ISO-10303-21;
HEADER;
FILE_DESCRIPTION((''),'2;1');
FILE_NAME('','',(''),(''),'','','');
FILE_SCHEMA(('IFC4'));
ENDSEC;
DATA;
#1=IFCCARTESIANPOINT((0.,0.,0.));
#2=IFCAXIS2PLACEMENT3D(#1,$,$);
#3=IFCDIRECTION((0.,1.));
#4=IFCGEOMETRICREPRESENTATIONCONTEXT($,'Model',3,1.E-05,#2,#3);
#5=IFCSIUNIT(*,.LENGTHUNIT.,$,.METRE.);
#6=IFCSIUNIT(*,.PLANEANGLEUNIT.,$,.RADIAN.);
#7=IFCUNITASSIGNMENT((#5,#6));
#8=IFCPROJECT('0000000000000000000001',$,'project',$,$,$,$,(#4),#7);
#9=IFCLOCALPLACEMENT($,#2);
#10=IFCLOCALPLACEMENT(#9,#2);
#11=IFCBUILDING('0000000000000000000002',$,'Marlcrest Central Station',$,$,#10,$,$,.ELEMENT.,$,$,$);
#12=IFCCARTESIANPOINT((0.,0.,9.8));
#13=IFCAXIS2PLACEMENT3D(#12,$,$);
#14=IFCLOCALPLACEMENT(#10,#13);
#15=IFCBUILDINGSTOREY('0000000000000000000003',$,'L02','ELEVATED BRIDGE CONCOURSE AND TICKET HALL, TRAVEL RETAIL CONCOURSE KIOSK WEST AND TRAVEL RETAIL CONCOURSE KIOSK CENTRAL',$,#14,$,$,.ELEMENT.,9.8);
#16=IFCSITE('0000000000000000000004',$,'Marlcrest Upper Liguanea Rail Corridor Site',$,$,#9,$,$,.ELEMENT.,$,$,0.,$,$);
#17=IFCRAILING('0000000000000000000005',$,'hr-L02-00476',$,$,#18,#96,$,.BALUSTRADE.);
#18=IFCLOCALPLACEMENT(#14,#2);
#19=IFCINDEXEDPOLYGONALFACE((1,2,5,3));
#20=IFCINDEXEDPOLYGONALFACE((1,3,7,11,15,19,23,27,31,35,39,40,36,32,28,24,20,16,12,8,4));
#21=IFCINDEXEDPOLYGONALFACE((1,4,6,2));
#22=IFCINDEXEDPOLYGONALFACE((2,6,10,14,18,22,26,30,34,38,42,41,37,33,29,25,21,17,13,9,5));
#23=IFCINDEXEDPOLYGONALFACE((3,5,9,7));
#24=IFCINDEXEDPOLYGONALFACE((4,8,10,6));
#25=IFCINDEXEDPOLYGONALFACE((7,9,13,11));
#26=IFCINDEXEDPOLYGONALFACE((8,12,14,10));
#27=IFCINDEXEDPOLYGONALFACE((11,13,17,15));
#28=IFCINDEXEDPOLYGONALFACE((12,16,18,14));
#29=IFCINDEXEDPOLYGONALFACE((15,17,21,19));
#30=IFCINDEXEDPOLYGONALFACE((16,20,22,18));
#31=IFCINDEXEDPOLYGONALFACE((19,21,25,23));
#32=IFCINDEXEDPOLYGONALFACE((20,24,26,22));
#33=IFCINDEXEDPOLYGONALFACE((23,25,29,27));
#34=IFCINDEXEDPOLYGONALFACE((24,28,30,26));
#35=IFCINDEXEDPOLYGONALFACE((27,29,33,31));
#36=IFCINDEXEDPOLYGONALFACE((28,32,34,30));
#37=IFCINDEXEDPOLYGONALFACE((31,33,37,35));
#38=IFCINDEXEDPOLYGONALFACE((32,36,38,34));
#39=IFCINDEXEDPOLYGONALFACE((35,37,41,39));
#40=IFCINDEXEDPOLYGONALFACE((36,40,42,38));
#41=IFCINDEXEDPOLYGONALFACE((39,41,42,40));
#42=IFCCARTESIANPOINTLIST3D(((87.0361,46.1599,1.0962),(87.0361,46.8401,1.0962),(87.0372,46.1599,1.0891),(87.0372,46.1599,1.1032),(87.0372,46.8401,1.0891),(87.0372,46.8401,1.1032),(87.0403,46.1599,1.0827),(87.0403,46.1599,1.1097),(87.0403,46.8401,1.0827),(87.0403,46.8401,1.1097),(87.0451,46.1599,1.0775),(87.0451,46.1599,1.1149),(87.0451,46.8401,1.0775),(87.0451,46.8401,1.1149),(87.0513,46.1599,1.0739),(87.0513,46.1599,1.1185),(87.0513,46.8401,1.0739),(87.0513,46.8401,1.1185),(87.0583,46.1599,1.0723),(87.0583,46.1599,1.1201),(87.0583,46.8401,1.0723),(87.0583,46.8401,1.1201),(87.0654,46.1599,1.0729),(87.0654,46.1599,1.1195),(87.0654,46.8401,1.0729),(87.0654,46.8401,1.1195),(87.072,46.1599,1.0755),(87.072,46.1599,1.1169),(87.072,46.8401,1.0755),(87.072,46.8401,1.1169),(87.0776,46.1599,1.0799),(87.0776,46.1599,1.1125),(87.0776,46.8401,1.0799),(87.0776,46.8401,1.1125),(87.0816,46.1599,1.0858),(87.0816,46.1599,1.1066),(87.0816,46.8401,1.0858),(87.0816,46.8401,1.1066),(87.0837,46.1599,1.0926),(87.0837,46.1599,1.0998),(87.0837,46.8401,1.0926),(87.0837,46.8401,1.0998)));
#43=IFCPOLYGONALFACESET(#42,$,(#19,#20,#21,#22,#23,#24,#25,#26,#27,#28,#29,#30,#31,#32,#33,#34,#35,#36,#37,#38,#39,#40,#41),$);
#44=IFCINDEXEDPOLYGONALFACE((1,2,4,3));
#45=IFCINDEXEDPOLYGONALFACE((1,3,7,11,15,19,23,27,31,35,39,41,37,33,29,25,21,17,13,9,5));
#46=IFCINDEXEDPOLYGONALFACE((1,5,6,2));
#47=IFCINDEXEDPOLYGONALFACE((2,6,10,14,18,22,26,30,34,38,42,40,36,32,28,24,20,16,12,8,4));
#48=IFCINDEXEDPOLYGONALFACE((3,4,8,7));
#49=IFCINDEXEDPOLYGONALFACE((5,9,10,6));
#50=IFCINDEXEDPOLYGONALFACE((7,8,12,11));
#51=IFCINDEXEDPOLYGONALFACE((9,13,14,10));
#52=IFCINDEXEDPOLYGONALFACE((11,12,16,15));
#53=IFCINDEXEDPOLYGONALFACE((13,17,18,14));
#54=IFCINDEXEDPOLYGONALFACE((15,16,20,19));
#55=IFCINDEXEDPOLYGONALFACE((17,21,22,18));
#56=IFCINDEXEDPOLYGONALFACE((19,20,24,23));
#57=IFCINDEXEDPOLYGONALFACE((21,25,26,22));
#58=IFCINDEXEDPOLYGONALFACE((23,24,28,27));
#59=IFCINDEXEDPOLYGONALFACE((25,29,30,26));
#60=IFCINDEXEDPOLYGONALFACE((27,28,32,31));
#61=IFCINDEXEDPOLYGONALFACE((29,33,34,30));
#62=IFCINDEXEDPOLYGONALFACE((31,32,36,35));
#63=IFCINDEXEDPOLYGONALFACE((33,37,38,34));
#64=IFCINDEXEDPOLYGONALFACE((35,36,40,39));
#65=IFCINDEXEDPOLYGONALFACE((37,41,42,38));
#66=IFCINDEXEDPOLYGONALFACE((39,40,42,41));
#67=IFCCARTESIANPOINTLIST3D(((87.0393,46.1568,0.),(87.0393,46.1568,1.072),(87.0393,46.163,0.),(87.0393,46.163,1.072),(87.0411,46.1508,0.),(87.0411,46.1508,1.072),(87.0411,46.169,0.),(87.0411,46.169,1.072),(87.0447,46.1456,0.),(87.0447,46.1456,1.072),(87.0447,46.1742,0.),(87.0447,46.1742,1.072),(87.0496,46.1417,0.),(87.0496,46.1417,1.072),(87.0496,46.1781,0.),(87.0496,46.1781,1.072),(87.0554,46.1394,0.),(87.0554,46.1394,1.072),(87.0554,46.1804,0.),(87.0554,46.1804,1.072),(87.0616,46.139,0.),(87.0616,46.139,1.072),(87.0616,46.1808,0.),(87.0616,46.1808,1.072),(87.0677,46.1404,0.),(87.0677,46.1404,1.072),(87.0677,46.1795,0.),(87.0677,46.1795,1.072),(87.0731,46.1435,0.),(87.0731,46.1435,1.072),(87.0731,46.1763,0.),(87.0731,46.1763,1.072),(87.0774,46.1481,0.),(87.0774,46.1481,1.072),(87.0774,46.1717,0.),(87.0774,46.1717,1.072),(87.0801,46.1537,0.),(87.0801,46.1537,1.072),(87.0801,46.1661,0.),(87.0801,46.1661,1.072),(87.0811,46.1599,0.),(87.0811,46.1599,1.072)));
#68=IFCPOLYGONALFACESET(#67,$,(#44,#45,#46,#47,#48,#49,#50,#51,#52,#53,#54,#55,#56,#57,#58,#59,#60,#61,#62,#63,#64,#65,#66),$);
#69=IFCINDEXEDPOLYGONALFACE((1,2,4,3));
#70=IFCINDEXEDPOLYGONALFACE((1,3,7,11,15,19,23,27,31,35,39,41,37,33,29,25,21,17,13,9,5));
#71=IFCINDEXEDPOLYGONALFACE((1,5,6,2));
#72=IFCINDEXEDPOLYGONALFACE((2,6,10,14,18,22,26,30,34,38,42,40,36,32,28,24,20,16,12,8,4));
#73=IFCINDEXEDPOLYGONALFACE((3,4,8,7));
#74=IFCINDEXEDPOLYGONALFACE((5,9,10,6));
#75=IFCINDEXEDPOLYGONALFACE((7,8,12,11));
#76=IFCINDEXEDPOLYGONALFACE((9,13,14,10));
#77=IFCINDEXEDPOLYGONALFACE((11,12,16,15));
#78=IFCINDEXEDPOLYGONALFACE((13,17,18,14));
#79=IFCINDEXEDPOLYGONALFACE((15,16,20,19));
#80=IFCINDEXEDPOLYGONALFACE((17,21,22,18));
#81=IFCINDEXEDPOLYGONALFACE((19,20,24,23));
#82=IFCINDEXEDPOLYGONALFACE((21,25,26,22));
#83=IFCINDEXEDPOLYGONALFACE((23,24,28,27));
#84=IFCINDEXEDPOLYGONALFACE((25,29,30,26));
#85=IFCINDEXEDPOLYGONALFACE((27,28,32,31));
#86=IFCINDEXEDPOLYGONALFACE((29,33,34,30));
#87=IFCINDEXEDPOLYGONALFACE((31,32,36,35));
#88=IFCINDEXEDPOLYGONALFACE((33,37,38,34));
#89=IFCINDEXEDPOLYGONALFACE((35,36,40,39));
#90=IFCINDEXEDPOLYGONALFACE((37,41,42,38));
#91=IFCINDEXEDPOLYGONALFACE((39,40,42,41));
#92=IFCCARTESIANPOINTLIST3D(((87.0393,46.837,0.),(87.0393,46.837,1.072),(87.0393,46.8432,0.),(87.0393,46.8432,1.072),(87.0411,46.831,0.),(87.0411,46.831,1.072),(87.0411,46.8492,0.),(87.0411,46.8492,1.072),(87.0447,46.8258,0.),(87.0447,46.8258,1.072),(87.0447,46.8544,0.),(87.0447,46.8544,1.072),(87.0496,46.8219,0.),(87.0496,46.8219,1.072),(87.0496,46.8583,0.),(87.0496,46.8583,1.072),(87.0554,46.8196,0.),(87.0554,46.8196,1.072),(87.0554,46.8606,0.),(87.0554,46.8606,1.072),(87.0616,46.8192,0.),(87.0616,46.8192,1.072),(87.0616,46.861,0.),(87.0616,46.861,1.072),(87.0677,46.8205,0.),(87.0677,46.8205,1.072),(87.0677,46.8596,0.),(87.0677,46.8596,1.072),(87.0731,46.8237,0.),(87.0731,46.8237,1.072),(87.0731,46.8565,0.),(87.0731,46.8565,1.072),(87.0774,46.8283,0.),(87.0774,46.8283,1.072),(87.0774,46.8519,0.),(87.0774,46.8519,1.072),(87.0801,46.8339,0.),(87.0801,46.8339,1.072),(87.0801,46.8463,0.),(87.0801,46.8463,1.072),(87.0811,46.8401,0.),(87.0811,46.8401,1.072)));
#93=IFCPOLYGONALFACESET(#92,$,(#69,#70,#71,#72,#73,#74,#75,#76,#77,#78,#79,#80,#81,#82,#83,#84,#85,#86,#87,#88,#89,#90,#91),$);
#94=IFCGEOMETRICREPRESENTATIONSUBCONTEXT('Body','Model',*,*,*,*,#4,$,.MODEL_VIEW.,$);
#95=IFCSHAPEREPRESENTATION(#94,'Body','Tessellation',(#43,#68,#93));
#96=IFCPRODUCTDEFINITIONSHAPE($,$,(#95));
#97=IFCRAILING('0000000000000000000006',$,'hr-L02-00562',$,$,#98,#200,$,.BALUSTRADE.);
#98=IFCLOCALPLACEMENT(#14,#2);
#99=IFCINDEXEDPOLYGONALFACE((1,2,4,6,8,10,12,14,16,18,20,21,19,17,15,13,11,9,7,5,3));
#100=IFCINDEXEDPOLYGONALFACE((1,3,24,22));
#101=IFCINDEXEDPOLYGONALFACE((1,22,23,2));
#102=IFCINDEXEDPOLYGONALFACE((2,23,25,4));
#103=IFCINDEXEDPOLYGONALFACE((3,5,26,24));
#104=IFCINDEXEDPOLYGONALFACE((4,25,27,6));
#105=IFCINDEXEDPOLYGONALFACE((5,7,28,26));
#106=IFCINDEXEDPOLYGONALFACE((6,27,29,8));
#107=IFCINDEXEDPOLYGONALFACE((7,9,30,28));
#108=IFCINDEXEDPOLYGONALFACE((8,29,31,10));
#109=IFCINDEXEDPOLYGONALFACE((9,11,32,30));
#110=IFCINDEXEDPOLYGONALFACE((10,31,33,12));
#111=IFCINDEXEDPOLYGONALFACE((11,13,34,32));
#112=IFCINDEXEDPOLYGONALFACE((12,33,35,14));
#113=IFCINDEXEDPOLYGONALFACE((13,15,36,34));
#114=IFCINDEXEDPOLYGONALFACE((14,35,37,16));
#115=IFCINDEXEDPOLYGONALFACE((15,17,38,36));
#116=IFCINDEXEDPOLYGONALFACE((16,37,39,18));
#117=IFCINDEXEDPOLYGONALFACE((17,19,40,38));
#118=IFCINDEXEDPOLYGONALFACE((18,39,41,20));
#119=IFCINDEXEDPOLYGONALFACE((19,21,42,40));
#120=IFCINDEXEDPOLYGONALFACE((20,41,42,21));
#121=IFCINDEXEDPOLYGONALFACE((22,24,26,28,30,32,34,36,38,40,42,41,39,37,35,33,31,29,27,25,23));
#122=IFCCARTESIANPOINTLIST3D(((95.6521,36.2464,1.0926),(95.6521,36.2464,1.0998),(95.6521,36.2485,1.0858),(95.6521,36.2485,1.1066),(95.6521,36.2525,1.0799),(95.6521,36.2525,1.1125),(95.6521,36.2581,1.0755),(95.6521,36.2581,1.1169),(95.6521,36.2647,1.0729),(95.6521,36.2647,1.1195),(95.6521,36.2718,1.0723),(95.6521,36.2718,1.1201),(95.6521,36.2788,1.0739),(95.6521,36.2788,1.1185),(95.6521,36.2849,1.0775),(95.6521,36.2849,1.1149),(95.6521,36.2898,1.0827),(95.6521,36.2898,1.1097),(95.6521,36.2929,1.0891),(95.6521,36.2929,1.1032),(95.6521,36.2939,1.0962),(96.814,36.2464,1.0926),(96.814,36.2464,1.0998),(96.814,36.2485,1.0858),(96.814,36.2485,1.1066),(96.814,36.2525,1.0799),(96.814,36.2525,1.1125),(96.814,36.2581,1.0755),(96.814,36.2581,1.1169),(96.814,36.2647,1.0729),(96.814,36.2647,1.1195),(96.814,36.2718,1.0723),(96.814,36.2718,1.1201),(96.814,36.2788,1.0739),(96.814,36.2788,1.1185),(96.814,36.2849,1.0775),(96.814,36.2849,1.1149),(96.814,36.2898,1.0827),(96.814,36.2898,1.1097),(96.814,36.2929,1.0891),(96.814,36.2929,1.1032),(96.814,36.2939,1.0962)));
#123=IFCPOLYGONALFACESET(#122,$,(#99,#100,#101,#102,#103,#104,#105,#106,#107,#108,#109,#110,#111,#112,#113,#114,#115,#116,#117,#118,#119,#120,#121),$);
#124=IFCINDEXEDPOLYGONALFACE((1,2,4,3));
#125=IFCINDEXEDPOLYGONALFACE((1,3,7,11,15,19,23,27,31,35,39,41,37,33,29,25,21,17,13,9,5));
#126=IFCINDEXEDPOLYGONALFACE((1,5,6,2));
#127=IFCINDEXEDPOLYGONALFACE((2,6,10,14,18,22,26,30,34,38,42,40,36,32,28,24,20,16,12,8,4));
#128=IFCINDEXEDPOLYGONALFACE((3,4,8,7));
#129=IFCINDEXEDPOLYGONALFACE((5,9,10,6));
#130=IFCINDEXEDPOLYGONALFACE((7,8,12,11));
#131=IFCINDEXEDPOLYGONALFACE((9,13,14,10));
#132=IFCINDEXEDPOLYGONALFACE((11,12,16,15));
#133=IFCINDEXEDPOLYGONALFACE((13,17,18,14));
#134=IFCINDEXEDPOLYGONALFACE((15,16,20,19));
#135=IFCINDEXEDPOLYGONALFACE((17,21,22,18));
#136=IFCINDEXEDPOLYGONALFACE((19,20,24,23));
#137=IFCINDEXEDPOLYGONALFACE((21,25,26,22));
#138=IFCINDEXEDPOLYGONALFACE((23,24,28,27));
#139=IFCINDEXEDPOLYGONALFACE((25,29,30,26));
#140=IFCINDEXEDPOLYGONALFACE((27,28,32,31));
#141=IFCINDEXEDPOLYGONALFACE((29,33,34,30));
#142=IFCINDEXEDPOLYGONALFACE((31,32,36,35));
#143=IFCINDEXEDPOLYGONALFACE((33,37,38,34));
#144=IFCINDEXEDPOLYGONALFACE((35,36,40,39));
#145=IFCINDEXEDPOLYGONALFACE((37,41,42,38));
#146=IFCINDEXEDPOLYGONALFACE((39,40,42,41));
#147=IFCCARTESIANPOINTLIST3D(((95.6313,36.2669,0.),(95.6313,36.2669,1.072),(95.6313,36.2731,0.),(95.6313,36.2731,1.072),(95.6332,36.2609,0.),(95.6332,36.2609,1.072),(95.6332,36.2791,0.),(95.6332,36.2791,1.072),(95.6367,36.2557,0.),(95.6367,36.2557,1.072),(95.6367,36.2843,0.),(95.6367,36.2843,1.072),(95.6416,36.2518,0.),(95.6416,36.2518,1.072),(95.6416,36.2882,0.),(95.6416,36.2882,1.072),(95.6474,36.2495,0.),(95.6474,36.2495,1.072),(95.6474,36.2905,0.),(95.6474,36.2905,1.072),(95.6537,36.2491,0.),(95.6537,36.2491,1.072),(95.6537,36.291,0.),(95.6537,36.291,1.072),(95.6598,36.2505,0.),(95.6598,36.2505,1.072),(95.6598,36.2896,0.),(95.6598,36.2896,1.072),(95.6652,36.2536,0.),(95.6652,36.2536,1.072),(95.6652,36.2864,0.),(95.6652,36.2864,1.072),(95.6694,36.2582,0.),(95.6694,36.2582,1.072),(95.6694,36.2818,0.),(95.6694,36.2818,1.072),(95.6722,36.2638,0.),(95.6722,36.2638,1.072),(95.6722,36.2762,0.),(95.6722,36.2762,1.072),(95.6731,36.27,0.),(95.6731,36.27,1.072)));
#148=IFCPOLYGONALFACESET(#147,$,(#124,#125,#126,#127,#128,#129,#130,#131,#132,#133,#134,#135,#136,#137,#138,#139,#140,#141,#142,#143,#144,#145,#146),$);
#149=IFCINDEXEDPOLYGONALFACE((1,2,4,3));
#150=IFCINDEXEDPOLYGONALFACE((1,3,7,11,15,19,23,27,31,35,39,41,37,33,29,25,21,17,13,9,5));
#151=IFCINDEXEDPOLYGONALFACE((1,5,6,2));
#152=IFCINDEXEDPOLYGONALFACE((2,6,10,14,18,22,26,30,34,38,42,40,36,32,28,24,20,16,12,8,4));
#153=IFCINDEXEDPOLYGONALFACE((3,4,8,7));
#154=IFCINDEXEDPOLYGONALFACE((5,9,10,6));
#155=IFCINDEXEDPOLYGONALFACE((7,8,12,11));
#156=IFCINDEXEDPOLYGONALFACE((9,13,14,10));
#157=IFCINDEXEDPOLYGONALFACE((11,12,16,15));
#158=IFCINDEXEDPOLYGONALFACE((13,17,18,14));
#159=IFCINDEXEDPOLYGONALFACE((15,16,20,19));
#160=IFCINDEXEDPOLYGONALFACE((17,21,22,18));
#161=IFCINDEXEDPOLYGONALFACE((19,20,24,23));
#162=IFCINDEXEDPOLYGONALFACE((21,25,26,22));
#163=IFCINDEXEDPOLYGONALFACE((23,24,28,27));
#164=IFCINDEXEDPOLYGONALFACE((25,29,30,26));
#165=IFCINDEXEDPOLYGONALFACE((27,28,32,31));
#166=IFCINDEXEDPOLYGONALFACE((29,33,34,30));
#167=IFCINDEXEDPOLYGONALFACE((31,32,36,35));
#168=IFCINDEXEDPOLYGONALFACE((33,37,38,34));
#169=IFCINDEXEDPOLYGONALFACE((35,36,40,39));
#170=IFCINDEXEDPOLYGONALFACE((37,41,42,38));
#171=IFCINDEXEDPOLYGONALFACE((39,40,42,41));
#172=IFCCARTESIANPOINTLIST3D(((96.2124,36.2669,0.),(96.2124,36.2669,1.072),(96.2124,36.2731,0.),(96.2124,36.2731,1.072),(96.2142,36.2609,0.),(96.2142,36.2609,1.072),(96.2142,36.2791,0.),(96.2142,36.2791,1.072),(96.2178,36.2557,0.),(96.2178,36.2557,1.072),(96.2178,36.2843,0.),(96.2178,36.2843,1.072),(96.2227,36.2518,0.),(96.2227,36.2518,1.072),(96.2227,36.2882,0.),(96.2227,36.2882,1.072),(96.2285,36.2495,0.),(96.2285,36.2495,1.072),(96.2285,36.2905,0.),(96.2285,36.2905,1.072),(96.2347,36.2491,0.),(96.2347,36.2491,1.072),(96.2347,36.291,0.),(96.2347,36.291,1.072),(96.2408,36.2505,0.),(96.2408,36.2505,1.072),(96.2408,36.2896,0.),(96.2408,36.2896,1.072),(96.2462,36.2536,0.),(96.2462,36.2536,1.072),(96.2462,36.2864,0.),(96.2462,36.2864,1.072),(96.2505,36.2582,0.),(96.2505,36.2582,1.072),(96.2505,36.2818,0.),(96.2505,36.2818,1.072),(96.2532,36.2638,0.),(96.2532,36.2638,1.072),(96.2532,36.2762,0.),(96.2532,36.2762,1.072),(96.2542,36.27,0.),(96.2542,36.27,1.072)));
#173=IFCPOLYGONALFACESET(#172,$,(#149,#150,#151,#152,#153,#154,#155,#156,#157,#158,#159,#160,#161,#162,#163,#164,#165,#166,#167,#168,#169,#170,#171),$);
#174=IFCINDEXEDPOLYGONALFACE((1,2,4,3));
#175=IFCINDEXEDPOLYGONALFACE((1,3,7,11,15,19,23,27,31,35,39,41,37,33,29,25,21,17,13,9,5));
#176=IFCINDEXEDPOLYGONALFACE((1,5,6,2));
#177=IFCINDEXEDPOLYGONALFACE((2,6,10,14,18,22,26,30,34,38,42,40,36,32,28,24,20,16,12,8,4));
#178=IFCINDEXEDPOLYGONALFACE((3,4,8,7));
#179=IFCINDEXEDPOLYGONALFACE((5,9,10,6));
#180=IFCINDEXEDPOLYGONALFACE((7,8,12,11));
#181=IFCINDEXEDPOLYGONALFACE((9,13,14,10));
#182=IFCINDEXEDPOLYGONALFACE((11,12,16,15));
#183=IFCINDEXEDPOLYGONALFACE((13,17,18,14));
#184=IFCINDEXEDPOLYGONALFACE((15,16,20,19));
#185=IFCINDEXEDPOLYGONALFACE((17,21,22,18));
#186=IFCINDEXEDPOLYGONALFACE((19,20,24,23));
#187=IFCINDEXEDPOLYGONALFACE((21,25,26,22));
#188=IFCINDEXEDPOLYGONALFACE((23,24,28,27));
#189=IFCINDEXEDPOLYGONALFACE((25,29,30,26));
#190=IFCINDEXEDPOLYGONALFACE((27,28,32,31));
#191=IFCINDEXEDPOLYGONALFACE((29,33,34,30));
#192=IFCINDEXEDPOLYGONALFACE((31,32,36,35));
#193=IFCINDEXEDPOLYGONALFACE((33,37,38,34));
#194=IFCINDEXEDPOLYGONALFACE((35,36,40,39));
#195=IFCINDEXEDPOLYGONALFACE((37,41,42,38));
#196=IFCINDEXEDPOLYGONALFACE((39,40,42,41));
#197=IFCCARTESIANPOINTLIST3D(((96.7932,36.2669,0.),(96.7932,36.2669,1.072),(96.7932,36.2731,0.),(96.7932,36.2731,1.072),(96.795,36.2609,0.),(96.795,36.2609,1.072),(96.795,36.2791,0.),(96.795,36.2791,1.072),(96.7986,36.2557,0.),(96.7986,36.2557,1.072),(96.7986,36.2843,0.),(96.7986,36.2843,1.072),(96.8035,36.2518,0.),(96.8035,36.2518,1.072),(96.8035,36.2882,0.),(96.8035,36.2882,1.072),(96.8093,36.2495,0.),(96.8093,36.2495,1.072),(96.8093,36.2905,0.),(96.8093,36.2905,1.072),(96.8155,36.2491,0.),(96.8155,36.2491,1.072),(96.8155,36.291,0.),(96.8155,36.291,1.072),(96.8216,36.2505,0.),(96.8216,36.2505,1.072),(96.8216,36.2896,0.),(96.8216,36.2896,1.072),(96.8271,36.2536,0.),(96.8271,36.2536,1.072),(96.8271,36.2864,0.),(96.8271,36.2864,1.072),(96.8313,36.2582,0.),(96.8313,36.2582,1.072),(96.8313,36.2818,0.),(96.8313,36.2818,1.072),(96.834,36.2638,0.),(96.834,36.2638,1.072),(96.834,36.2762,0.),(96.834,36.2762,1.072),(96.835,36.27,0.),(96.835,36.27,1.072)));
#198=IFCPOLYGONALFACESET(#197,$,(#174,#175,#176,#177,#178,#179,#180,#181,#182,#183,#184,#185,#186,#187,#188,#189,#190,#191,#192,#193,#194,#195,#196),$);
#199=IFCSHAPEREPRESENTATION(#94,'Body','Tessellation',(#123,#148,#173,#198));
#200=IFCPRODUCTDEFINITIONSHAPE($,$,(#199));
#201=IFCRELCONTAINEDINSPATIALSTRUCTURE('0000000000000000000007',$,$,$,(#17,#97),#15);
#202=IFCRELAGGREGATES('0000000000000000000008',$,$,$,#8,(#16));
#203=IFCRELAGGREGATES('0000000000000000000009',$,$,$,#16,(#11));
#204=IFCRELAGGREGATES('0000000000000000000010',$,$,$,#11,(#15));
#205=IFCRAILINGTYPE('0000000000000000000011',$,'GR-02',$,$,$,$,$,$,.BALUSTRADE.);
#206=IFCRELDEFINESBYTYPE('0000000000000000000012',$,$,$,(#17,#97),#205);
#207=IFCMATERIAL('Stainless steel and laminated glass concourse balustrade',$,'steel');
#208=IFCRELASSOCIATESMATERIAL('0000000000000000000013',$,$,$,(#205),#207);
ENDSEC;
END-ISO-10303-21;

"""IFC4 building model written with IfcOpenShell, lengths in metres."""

from ifc_helpers import new_model, si_unit, direction, frame, origin, origin_2d, place, context, subcontext, project, spatial, circle, extrude, material, type_object, element, save


model = new_model("IFC4")

# Units and contexts
model_context = context("Model", 3, precision=1e-05, world=origin(), true_north=direction((0.0, 1.0)))
body_context = subcontext(model_context, "Body", "Model", "MODEL_VIEW")
ifc_project = project(units=[si_unit("LENGTHUNIT", "METRE"), si_unit("PLANEANGLEUNIT", "RADIAN")], contexts=[model_context])

# Site, building, storey
site_placement = place(None, origin())
site = spatial("IfcSite", under=ifc_project, at=site_placement, Name="Marlcrest Upper Liguanea Rail Corridor Site", CompositionType="ELEMENT", RefElevation=0.0)
building_placement = place(site_placement, origin())
building = spatial("IfcBuilding", under=site, at=building_placement, Name="Marlcrest Central Station", CompositionType="ELEMENT")
storey_placement = place(building_placement, frame((0.0, 0.0, 9.8)))
storey = spatial("IfcBuildingStorey", under=building, at=storey_placement, Name="L02", Description="ELEVATED BRIDGE CONCOURSE AND TICKET HALL, TRAVEL RETAIL CONCOURSE KIOSK WEST AND TRAVEL RETAIL CONCOURSE KIOSK CENTRAL", CompositionType="ELEMENT", Elevation=9.8)

# Railings
ifc_material_1 = material(Name="Stainless steel and laminated glass concourse balustrade", Category="steel")
railing_type = type_object("IfcRailingType", Name="GR-02", PredefinedType="BALUSTRADE", material=ifc_material_1)
for number, where, name in (
    (1, (87.0601, 46.1599, 0.0), "hr-L02-00476"),
):
    element("IfcRailing", number, at=place(storey_placement, frame(where)), inside=storey, type_object=railing_type, Name=name, PredefinedType="BALUSTRADE", context=body_context, shape_type="SweptSolid", body=[
        extrude(circle(Radius=0.0239, at=origin_2d()), frame((0.0, 0.0, 1.0962), z_axis=(0.0, 1.0, 0.0), x_axis=(-1.0, 0.0, 0.0)), (0.0, 0.0, 1.0), 0.6802),
        extrude(circle(Radius=0.021, at=origin_2d()), origin(), (0.0, 0.0, 1.0), 1.072),
        extrude(circle(Radius=0.021, at=origin_2d()), frame((0.0, 0.6802, 0.0)), (0.0, 0.0, 1.0), 1.072),
    ])
railing_1_placement = place(storey_placement, frame((95.6521, 36.27, 0.0)))
element("IfcRailing", 2, at=railing_1_placement, inside=storey, type_object=railing_type, Name="hr-L02-00562", PredefinedType="BALUSTRADE", context=body_context, shape_type="SweptSolid", body=[
    extrude(circle(Radius=0.0239, at=origin_2d()), frame((0.0, 0.0, 1.0962), z_axis=(1.0, 0.0, 0.0), x_axis=(0.0, 1.0, 0.0)), (0.0, 0.0, 1.0), 1.1619),
    extrude(circle(Radius=0.021, at=origin_2d()), origin(), (0.0, 0.0, 1.0), 1.072),
    extrude(circle(Radius=0.021, at=origin_2d()), frame((0.5811, 0.0, 0.0)), (0.0, 0.0, 1.0), 1.072),
    extrude(circle(Radius=0.021, at=origin_2d()), frame((1.1619, 0.0, 0.0)), (0.0, 0.0, 1.0), 1.072),
])

save(model, "model.ifc")
